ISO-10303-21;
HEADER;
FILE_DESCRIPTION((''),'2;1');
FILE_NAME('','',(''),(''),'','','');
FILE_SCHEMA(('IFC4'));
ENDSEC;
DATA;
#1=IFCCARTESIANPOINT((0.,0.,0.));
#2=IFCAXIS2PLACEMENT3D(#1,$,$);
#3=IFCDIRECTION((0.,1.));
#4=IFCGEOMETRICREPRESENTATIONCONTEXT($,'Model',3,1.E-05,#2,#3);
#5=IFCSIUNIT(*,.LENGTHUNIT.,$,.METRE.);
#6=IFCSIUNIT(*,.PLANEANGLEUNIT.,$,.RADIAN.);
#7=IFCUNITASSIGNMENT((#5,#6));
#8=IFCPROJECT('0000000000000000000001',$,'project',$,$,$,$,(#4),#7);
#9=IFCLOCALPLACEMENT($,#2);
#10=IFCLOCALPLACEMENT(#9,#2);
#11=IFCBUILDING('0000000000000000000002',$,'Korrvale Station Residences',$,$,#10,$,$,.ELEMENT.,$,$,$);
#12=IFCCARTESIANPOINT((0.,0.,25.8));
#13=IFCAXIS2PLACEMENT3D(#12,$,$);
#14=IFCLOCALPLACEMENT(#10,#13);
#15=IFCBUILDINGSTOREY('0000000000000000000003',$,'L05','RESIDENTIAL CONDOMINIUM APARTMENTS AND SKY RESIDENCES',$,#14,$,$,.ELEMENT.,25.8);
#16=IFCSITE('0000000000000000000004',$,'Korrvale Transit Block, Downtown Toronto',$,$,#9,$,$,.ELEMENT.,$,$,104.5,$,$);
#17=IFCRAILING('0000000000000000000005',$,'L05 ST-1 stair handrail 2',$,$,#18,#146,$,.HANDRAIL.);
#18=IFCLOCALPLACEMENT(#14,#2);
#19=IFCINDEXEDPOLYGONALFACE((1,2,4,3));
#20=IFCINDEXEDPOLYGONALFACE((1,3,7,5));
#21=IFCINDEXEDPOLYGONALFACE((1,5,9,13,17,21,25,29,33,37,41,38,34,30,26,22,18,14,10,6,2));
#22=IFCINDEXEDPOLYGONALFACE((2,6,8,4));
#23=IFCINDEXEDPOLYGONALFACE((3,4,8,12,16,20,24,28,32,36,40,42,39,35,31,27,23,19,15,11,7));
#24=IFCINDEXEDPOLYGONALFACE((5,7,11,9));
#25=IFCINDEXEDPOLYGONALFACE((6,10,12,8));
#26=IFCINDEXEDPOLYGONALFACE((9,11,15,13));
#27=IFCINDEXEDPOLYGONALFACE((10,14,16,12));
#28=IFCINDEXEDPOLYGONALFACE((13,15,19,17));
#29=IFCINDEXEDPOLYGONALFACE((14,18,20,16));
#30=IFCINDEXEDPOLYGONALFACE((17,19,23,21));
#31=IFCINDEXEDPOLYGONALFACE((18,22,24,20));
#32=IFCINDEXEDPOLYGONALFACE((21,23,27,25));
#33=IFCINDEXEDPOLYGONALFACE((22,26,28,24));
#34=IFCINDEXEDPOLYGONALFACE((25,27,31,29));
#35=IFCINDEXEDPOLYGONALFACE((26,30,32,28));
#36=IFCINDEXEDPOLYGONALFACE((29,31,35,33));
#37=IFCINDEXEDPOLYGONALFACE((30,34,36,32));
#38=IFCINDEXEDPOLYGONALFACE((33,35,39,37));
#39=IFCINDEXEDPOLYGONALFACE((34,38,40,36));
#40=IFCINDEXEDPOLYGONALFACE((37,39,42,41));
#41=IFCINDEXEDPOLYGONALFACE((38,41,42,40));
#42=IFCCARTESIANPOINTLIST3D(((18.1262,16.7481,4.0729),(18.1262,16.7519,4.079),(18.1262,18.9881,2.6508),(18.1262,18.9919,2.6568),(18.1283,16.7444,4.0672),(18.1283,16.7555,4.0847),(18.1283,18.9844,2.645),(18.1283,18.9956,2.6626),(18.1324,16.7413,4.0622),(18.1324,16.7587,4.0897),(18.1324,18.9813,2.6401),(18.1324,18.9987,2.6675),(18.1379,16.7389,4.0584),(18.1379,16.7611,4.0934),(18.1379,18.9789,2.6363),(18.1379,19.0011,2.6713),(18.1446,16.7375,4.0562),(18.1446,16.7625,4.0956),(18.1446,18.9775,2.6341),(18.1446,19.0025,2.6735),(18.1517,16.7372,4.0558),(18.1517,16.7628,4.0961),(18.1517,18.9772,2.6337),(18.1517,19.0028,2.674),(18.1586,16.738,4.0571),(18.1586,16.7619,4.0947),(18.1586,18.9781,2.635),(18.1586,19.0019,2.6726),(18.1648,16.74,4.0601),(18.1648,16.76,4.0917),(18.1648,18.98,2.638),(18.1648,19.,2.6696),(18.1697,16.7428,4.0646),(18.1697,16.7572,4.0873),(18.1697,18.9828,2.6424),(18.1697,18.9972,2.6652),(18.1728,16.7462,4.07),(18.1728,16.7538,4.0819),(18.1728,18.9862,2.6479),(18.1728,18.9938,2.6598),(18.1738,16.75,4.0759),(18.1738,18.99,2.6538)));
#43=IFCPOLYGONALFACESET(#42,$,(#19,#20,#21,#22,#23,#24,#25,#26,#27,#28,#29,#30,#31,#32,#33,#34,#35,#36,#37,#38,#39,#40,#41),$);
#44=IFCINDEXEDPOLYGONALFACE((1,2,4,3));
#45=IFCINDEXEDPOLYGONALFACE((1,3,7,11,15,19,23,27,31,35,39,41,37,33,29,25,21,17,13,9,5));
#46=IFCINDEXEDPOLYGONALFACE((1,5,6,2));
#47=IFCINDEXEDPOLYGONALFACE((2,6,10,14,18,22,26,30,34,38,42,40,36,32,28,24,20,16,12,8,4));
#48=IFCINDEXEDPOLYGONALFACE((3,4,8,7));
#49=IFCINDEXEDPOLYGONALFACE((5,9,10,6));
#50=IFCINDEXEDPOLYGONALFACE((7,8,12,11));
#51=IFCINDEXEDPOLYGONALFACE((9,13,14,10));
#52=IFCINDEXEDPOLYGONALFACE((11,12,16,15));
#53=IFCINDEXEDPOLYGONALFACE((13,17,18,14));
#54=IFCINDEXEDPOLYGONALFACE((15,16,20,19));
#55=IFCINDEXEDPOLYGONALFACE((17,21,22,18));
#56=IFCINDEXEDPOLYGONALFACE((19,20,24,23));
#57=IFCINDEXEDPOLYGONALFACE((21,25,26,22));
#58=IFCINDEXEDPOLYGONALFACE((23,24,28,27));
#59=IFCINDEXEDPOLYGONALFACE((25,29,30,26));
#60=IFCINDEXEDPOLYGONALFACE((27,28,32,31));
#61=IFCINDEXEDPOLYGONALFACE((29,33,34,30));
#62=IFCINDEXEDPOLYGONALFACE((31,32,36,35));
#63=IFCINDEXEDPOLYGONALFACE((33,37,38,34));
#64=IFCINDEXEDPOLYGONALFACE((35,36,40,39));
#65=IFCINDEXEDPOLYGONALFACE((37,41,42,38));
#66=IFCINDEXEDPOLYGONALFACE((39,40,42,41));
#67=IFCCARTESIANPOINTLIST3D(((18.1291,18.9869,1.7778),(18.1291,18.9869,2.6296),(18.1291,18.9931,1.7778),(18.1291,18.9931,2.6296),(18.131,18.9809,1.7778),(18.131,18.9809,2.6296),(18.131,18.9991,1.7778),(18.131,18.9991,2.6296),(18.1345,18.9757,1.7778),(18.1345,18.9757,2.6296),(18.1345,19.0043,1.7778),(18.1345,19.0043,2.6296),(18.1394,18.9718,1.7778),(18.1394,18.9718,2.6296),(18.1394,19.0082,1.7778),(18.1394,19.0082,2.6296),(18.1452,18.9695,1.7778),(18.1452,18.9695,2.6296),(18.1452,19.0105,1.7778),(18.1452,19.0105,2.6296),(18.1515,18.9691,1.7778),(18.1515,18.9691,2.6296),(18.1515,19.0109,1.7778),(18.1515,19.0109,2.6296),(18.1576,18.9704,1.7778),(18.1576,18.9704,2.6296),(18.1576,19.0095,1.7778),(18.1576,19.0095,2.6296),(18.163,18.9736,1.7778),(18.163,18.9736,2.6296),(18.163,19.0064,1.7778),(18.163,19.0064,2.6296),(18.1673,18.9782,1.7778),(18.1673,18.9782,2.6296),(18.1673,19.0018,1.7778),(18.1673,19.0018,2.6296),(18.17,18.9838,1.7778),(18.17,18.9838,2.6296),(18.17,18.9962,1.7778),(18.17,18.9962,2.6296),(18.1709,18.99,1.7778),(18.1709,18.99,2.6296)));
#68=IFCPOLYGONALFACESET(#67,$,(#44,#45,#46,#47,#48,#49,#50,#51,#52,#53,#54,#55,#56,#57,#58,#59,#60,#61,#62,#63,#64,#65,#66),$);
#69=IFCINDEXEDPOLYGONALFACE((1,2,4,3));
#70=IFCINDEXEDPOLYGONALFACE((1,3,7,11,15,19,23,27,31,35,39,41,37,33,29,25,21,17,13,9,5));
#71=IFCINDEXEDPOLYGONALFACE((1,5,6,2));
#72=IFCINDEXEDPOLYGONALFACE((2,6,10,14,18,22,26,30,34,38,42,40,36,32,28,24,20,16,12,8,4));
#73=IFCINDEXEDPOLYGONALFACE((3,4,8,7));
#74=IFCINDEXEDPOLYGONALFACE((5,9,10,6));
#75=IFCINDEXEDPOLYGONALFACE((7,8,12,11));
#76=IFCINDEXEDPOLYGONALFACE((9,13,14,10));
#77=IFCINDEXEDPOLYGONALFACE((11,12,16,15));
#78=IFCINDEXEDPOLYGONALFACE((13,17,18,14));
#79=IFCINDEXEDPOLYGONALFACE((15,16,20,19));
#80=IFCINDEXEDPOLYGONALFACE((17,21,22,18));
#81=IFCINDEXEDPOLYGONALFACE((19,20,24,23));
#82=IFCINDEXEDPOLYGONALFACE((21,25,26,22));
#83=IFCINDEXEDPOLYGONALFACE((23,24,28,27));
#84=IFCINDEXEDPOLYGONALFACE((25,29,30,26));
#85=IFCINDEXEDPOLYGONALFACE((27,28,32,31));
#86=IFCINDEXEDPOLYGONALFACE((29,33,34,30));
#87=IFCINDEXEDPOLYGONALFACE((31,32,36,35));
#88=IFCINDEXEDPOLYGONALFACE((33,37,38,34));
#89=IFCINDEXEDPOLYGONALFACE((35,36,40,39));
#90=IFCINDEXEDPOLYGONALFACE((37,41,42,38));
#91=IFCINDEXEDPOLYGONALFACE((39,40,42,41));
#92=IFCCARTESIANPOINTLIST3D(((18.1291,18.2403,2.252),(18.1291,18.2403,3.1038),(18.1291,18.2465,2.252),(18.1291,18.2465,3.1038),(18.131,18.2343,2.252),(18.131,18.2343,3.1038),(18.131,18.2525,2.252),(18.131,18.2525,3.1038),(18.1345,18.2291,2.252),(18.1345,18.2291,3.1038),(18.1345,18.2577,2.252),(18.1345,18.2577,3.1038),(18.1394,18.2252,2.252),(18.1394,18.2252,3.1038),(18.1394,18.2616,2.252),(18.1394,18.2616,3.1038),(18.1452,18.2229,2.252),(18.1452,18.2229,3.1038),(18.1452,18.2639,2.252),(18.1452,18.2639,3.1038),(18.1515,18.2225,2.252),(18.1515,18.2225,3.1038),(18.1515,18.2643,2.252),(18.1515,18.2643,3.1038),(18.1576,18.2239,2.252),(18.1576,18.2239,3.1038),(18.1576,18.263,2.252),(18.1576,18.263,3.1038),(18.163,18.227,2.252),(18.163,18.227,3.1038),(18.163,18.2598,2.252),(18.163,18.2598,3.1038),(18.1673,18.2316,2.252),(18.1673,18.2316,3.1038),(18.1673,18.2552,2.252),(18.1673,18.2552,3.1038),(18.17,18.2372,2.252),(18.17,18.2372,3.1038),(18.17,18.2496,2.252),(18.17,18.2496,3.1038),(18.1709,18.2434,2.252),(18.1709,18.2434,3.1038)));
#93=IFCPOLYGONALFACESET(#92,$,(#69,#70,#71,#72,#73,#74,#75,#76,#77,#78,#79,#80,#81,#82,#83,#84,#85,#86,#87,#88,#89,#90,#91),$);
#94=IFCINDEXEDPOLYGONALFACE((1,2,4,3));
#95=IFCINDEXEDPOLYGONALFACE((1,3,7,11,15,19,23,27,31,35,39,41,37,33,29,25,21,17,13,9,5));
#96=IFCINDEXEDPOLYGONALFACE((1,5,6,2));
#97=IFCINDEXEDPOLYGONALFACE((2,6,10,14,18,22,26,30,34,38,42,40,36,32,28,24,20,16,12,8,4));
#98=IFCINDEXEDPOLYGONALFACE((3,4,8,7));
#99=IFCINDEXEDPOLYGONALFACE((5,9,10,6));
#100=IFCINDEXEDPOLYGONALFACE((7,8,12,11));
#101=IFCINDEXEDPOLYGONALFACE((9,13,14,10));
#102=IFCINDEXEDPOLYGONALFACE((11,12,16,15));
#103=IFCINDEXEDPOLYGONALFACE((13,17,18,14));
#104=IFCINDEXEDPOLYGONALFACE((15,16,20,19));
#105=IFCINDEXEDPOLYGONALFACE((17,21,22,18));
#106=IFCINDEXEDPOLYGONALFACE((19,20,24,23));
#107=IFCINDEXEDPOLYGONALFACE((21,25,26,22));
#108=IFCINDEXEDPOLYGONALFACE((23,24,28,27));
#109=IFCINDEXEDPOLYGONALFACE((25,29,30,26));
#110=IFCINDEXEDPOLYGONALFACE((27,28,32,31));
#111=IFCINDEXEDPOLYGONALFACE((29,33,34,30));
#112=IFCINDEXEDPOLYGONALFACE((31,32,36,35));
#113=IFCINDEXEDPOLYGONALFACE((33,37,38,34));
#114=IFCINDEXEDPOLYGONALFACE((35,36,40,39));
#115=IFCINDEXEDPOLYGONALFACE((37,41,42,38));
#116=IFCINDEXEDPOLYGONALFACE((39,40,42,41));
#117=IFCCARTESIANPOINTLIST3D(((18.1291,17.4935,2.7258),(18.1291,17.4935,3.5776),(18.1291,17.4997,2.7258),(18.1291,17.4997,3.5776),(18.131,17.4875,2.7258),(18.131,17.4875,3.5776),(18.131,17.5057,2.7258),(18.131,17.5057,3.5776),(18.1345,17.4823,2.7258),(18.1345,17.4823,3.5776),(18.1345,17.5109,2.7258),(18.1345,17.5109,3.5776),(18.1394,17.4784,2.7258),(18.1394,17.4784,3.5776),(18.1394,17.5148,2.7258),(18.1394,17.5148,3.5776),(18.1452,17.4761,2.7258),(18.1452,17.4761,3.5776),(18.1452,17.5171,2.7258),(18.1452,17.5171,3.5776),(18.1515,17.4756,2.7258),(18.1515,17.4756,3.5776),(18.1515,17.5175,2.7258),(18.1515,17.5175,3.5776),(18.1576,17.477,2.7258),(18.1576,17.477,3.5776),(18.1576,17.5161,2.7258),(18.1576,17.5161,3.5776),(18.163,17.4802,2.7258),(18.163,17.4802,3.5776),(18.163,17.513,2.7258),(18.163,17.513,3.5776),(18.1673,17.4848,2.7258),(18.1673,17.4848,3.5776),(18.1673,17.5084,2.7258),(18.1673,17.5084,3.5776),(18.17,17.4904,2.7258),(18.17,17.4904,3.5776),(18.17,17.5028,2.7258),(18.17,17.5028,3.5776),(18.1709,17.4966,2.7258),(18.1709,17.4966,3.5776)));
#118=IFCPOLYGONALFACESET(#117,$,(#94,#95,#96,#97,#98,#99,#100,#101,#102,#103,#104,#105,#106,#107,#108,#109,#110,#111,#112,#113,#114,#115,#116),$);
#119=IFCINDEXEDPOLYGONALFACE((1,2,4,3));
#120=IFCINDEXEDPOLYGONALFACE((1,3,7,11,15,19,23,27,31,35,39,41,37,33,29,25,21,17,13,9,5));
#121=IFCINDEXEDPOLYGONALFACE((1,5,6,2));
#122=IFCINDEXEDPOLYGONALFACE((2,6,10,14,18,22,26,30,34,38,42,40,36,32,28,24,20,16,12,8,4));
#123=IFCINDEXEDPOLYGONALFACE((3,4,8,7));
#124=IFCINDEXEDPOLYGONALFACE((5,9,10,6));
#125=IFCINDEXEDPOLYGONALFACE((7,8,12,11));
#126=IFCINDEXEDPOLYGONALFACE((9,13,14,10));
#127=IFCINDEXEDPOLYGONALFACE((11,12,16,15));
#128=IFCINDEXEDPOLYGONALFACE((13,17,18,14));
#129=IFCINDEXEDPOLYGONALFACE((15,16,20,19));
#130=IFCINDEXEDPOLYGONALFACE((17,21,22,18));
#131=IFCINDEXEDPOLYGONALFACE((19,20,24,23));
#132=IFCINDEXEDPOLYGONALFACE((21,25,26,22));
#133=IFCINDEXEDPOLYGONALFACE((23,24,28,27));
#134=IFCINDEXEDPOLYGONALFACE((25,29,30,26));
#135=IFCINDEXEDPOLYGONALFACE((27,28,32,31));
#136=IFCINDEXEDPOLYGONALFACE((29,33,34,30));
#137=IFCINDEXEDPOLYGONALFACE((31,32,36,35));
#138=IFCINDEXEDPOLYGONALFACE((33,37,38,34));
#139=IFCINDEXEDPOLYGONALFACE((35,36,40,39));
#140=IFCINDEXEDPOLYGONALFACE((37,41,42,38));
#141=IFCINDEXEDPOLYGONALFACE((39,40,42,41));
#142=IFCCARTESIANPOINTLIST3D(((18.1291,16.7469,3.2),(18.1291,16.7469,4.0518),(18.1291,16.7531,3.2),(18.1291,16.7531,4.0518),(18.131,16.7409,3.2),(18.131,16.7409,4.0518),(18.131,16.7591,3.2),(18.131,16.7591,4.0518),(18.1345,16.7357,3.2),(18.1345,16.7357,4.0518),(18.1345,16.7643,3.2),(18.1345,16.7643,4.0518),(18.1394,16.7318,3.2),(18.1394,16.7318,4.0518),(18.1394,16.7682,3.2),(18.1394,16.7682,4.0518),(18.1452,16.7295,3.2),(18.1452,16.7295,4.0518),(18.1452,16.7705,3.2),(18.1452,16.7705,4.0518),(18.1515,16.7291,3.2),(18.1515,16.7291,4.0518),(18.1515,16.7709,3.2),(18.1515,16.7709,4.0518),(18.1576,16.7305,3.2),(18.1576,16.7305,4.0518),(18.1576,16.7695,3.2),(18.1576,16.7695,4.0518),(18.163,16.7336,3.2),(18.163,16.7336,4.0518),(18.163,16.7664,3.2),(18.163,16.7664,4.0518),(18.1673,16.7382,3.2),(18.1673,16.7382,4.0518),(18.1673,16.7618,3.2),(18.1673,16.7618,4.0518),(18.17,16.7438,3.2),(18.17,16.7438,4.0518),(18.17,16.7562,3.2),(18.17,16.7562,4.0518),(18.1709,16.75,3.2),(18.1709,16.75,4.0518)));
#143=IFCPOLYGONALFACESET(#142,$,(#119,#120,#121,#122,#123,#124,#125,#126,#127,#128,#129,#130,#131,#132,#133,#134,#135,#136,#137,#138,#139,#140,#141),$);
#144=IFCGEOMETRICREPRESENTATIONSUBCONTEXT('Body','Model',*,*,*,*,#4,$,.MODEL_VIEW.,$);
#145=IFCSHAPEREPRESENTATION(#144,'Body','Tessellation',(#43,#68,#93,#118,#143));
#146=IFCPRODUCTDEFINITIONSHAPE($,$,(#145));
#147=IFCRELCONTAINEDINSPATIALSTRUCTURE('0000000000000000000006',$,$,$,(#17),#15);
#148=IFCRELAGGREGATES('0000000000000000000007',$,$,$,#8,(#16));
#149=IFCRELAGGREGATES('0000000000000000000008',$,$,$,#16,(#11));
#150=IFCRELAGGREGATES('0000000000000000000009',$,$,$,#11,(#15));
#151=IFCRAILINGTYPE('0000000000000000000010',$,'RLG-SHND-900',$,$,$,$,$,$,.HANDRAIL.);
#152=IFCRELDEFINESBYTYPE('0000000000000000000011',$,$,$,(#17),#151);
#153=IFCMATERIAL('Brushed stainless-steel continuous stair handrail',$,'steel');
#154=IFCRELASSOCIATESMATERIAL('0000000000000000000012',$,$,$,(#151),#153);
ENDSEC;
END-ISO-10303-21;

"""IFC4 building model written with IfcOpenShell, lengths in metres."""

from ifc_helpers import new_model, si_unit, direction, frame, origin, origin_2d, place, context, subcontext, project, spatial, circle, extrude, material, type_object, element, save


model = new_model("IFC4")

# Units and contexts
model_context = context("Model", 3, precision=1e-05, world=origin(), true_north=direction((0.0, 1.0)))
body_context = subcontext(model_context, "Body", "Model", "MODEL_VIEW")
ifc_project = project(units=[si_unit("LENGTHUNIT", "METRE"), si_unit("PLANEANGLEUNIT", "RADIAN")], contexts=[model_context])

# Site, building, storey
site_placement = place(None, origin())
site = spatial("IfcSite", under=ifc_project, at=site_placement, Name="Korrvale Transit Block, Downtown Toronto", CompositionType="ELEMENT", RefElevation=104.5)
building_placement = place(site_placement, origin())
building = spatial("IfcBuilding", under=site, at=building_placement, Name="Korrvale Station Residences", CompositionType="ELEMENT")
storey_placement = place(building_placement, frame((0.0, 0.0, 25.8)))
storey = spatial("IfcBuildingStorey", under=building, at=storey_placement, Name="L05", Description="RESIDENTIAL CONDOMINIUM APARTMENTS AND SKY RESIDENCES", CompositionType="ELEMENT", Elevation=25.8)

# Railing
ifc_material_1 = material(Name="Brushed stainless-steel continuous stair handrail", Category="steel")
railing_type_1 = type_object("IfcRailingType", Name="RLG-SHND-900", PredefinedType="HANDRAIL", material=ifc_material_1)
railing_1_placement = place(storey_placement, frame((18.1499, 18.99, 1.7778)))
element("IfcRailing", 1, at=railing_1_placement, inside=storey, type_object=railing_type_1, Name="L05 ST-1 stair handrail 2", PredefinedType="HANDRAIL", context=body_context, shape_type="SweptSolid", body=[
    extrude(circle(Radius=0.0239, at=origin_2d()), frame((0.0, 0.0, 0.876), z_axis=(0.0, -0.844229, 0.535982), x_axis=(1.0, 0.0, 0.0)), (0.0, 0.0, 1.0), 2.6533),
    extrude(circle(Radius=0.021, at=origin_2d()), origin(), (0.0, 0.0, 1.0), 0.8518),
    extrude(circle(Radius=0.021, at=origin_2d()), frame((0.0, -0.7466, 0.4741)), (0.0, 0.0, 1.0), 0.8518),
    extrude(circle(Radius=0.021, at=origin_2d()), frame((0.0, -1.4934, 0.948)), (0.0, 0.0, 1.0), 0.8518),
    extrude(circle(Radius=0.021, at=origin_2d()), frame((0.0, -2.24, 1.4221)), (0.0, 0.0, 1.0), 0.8518),
])

save(model, "model.ifc")
